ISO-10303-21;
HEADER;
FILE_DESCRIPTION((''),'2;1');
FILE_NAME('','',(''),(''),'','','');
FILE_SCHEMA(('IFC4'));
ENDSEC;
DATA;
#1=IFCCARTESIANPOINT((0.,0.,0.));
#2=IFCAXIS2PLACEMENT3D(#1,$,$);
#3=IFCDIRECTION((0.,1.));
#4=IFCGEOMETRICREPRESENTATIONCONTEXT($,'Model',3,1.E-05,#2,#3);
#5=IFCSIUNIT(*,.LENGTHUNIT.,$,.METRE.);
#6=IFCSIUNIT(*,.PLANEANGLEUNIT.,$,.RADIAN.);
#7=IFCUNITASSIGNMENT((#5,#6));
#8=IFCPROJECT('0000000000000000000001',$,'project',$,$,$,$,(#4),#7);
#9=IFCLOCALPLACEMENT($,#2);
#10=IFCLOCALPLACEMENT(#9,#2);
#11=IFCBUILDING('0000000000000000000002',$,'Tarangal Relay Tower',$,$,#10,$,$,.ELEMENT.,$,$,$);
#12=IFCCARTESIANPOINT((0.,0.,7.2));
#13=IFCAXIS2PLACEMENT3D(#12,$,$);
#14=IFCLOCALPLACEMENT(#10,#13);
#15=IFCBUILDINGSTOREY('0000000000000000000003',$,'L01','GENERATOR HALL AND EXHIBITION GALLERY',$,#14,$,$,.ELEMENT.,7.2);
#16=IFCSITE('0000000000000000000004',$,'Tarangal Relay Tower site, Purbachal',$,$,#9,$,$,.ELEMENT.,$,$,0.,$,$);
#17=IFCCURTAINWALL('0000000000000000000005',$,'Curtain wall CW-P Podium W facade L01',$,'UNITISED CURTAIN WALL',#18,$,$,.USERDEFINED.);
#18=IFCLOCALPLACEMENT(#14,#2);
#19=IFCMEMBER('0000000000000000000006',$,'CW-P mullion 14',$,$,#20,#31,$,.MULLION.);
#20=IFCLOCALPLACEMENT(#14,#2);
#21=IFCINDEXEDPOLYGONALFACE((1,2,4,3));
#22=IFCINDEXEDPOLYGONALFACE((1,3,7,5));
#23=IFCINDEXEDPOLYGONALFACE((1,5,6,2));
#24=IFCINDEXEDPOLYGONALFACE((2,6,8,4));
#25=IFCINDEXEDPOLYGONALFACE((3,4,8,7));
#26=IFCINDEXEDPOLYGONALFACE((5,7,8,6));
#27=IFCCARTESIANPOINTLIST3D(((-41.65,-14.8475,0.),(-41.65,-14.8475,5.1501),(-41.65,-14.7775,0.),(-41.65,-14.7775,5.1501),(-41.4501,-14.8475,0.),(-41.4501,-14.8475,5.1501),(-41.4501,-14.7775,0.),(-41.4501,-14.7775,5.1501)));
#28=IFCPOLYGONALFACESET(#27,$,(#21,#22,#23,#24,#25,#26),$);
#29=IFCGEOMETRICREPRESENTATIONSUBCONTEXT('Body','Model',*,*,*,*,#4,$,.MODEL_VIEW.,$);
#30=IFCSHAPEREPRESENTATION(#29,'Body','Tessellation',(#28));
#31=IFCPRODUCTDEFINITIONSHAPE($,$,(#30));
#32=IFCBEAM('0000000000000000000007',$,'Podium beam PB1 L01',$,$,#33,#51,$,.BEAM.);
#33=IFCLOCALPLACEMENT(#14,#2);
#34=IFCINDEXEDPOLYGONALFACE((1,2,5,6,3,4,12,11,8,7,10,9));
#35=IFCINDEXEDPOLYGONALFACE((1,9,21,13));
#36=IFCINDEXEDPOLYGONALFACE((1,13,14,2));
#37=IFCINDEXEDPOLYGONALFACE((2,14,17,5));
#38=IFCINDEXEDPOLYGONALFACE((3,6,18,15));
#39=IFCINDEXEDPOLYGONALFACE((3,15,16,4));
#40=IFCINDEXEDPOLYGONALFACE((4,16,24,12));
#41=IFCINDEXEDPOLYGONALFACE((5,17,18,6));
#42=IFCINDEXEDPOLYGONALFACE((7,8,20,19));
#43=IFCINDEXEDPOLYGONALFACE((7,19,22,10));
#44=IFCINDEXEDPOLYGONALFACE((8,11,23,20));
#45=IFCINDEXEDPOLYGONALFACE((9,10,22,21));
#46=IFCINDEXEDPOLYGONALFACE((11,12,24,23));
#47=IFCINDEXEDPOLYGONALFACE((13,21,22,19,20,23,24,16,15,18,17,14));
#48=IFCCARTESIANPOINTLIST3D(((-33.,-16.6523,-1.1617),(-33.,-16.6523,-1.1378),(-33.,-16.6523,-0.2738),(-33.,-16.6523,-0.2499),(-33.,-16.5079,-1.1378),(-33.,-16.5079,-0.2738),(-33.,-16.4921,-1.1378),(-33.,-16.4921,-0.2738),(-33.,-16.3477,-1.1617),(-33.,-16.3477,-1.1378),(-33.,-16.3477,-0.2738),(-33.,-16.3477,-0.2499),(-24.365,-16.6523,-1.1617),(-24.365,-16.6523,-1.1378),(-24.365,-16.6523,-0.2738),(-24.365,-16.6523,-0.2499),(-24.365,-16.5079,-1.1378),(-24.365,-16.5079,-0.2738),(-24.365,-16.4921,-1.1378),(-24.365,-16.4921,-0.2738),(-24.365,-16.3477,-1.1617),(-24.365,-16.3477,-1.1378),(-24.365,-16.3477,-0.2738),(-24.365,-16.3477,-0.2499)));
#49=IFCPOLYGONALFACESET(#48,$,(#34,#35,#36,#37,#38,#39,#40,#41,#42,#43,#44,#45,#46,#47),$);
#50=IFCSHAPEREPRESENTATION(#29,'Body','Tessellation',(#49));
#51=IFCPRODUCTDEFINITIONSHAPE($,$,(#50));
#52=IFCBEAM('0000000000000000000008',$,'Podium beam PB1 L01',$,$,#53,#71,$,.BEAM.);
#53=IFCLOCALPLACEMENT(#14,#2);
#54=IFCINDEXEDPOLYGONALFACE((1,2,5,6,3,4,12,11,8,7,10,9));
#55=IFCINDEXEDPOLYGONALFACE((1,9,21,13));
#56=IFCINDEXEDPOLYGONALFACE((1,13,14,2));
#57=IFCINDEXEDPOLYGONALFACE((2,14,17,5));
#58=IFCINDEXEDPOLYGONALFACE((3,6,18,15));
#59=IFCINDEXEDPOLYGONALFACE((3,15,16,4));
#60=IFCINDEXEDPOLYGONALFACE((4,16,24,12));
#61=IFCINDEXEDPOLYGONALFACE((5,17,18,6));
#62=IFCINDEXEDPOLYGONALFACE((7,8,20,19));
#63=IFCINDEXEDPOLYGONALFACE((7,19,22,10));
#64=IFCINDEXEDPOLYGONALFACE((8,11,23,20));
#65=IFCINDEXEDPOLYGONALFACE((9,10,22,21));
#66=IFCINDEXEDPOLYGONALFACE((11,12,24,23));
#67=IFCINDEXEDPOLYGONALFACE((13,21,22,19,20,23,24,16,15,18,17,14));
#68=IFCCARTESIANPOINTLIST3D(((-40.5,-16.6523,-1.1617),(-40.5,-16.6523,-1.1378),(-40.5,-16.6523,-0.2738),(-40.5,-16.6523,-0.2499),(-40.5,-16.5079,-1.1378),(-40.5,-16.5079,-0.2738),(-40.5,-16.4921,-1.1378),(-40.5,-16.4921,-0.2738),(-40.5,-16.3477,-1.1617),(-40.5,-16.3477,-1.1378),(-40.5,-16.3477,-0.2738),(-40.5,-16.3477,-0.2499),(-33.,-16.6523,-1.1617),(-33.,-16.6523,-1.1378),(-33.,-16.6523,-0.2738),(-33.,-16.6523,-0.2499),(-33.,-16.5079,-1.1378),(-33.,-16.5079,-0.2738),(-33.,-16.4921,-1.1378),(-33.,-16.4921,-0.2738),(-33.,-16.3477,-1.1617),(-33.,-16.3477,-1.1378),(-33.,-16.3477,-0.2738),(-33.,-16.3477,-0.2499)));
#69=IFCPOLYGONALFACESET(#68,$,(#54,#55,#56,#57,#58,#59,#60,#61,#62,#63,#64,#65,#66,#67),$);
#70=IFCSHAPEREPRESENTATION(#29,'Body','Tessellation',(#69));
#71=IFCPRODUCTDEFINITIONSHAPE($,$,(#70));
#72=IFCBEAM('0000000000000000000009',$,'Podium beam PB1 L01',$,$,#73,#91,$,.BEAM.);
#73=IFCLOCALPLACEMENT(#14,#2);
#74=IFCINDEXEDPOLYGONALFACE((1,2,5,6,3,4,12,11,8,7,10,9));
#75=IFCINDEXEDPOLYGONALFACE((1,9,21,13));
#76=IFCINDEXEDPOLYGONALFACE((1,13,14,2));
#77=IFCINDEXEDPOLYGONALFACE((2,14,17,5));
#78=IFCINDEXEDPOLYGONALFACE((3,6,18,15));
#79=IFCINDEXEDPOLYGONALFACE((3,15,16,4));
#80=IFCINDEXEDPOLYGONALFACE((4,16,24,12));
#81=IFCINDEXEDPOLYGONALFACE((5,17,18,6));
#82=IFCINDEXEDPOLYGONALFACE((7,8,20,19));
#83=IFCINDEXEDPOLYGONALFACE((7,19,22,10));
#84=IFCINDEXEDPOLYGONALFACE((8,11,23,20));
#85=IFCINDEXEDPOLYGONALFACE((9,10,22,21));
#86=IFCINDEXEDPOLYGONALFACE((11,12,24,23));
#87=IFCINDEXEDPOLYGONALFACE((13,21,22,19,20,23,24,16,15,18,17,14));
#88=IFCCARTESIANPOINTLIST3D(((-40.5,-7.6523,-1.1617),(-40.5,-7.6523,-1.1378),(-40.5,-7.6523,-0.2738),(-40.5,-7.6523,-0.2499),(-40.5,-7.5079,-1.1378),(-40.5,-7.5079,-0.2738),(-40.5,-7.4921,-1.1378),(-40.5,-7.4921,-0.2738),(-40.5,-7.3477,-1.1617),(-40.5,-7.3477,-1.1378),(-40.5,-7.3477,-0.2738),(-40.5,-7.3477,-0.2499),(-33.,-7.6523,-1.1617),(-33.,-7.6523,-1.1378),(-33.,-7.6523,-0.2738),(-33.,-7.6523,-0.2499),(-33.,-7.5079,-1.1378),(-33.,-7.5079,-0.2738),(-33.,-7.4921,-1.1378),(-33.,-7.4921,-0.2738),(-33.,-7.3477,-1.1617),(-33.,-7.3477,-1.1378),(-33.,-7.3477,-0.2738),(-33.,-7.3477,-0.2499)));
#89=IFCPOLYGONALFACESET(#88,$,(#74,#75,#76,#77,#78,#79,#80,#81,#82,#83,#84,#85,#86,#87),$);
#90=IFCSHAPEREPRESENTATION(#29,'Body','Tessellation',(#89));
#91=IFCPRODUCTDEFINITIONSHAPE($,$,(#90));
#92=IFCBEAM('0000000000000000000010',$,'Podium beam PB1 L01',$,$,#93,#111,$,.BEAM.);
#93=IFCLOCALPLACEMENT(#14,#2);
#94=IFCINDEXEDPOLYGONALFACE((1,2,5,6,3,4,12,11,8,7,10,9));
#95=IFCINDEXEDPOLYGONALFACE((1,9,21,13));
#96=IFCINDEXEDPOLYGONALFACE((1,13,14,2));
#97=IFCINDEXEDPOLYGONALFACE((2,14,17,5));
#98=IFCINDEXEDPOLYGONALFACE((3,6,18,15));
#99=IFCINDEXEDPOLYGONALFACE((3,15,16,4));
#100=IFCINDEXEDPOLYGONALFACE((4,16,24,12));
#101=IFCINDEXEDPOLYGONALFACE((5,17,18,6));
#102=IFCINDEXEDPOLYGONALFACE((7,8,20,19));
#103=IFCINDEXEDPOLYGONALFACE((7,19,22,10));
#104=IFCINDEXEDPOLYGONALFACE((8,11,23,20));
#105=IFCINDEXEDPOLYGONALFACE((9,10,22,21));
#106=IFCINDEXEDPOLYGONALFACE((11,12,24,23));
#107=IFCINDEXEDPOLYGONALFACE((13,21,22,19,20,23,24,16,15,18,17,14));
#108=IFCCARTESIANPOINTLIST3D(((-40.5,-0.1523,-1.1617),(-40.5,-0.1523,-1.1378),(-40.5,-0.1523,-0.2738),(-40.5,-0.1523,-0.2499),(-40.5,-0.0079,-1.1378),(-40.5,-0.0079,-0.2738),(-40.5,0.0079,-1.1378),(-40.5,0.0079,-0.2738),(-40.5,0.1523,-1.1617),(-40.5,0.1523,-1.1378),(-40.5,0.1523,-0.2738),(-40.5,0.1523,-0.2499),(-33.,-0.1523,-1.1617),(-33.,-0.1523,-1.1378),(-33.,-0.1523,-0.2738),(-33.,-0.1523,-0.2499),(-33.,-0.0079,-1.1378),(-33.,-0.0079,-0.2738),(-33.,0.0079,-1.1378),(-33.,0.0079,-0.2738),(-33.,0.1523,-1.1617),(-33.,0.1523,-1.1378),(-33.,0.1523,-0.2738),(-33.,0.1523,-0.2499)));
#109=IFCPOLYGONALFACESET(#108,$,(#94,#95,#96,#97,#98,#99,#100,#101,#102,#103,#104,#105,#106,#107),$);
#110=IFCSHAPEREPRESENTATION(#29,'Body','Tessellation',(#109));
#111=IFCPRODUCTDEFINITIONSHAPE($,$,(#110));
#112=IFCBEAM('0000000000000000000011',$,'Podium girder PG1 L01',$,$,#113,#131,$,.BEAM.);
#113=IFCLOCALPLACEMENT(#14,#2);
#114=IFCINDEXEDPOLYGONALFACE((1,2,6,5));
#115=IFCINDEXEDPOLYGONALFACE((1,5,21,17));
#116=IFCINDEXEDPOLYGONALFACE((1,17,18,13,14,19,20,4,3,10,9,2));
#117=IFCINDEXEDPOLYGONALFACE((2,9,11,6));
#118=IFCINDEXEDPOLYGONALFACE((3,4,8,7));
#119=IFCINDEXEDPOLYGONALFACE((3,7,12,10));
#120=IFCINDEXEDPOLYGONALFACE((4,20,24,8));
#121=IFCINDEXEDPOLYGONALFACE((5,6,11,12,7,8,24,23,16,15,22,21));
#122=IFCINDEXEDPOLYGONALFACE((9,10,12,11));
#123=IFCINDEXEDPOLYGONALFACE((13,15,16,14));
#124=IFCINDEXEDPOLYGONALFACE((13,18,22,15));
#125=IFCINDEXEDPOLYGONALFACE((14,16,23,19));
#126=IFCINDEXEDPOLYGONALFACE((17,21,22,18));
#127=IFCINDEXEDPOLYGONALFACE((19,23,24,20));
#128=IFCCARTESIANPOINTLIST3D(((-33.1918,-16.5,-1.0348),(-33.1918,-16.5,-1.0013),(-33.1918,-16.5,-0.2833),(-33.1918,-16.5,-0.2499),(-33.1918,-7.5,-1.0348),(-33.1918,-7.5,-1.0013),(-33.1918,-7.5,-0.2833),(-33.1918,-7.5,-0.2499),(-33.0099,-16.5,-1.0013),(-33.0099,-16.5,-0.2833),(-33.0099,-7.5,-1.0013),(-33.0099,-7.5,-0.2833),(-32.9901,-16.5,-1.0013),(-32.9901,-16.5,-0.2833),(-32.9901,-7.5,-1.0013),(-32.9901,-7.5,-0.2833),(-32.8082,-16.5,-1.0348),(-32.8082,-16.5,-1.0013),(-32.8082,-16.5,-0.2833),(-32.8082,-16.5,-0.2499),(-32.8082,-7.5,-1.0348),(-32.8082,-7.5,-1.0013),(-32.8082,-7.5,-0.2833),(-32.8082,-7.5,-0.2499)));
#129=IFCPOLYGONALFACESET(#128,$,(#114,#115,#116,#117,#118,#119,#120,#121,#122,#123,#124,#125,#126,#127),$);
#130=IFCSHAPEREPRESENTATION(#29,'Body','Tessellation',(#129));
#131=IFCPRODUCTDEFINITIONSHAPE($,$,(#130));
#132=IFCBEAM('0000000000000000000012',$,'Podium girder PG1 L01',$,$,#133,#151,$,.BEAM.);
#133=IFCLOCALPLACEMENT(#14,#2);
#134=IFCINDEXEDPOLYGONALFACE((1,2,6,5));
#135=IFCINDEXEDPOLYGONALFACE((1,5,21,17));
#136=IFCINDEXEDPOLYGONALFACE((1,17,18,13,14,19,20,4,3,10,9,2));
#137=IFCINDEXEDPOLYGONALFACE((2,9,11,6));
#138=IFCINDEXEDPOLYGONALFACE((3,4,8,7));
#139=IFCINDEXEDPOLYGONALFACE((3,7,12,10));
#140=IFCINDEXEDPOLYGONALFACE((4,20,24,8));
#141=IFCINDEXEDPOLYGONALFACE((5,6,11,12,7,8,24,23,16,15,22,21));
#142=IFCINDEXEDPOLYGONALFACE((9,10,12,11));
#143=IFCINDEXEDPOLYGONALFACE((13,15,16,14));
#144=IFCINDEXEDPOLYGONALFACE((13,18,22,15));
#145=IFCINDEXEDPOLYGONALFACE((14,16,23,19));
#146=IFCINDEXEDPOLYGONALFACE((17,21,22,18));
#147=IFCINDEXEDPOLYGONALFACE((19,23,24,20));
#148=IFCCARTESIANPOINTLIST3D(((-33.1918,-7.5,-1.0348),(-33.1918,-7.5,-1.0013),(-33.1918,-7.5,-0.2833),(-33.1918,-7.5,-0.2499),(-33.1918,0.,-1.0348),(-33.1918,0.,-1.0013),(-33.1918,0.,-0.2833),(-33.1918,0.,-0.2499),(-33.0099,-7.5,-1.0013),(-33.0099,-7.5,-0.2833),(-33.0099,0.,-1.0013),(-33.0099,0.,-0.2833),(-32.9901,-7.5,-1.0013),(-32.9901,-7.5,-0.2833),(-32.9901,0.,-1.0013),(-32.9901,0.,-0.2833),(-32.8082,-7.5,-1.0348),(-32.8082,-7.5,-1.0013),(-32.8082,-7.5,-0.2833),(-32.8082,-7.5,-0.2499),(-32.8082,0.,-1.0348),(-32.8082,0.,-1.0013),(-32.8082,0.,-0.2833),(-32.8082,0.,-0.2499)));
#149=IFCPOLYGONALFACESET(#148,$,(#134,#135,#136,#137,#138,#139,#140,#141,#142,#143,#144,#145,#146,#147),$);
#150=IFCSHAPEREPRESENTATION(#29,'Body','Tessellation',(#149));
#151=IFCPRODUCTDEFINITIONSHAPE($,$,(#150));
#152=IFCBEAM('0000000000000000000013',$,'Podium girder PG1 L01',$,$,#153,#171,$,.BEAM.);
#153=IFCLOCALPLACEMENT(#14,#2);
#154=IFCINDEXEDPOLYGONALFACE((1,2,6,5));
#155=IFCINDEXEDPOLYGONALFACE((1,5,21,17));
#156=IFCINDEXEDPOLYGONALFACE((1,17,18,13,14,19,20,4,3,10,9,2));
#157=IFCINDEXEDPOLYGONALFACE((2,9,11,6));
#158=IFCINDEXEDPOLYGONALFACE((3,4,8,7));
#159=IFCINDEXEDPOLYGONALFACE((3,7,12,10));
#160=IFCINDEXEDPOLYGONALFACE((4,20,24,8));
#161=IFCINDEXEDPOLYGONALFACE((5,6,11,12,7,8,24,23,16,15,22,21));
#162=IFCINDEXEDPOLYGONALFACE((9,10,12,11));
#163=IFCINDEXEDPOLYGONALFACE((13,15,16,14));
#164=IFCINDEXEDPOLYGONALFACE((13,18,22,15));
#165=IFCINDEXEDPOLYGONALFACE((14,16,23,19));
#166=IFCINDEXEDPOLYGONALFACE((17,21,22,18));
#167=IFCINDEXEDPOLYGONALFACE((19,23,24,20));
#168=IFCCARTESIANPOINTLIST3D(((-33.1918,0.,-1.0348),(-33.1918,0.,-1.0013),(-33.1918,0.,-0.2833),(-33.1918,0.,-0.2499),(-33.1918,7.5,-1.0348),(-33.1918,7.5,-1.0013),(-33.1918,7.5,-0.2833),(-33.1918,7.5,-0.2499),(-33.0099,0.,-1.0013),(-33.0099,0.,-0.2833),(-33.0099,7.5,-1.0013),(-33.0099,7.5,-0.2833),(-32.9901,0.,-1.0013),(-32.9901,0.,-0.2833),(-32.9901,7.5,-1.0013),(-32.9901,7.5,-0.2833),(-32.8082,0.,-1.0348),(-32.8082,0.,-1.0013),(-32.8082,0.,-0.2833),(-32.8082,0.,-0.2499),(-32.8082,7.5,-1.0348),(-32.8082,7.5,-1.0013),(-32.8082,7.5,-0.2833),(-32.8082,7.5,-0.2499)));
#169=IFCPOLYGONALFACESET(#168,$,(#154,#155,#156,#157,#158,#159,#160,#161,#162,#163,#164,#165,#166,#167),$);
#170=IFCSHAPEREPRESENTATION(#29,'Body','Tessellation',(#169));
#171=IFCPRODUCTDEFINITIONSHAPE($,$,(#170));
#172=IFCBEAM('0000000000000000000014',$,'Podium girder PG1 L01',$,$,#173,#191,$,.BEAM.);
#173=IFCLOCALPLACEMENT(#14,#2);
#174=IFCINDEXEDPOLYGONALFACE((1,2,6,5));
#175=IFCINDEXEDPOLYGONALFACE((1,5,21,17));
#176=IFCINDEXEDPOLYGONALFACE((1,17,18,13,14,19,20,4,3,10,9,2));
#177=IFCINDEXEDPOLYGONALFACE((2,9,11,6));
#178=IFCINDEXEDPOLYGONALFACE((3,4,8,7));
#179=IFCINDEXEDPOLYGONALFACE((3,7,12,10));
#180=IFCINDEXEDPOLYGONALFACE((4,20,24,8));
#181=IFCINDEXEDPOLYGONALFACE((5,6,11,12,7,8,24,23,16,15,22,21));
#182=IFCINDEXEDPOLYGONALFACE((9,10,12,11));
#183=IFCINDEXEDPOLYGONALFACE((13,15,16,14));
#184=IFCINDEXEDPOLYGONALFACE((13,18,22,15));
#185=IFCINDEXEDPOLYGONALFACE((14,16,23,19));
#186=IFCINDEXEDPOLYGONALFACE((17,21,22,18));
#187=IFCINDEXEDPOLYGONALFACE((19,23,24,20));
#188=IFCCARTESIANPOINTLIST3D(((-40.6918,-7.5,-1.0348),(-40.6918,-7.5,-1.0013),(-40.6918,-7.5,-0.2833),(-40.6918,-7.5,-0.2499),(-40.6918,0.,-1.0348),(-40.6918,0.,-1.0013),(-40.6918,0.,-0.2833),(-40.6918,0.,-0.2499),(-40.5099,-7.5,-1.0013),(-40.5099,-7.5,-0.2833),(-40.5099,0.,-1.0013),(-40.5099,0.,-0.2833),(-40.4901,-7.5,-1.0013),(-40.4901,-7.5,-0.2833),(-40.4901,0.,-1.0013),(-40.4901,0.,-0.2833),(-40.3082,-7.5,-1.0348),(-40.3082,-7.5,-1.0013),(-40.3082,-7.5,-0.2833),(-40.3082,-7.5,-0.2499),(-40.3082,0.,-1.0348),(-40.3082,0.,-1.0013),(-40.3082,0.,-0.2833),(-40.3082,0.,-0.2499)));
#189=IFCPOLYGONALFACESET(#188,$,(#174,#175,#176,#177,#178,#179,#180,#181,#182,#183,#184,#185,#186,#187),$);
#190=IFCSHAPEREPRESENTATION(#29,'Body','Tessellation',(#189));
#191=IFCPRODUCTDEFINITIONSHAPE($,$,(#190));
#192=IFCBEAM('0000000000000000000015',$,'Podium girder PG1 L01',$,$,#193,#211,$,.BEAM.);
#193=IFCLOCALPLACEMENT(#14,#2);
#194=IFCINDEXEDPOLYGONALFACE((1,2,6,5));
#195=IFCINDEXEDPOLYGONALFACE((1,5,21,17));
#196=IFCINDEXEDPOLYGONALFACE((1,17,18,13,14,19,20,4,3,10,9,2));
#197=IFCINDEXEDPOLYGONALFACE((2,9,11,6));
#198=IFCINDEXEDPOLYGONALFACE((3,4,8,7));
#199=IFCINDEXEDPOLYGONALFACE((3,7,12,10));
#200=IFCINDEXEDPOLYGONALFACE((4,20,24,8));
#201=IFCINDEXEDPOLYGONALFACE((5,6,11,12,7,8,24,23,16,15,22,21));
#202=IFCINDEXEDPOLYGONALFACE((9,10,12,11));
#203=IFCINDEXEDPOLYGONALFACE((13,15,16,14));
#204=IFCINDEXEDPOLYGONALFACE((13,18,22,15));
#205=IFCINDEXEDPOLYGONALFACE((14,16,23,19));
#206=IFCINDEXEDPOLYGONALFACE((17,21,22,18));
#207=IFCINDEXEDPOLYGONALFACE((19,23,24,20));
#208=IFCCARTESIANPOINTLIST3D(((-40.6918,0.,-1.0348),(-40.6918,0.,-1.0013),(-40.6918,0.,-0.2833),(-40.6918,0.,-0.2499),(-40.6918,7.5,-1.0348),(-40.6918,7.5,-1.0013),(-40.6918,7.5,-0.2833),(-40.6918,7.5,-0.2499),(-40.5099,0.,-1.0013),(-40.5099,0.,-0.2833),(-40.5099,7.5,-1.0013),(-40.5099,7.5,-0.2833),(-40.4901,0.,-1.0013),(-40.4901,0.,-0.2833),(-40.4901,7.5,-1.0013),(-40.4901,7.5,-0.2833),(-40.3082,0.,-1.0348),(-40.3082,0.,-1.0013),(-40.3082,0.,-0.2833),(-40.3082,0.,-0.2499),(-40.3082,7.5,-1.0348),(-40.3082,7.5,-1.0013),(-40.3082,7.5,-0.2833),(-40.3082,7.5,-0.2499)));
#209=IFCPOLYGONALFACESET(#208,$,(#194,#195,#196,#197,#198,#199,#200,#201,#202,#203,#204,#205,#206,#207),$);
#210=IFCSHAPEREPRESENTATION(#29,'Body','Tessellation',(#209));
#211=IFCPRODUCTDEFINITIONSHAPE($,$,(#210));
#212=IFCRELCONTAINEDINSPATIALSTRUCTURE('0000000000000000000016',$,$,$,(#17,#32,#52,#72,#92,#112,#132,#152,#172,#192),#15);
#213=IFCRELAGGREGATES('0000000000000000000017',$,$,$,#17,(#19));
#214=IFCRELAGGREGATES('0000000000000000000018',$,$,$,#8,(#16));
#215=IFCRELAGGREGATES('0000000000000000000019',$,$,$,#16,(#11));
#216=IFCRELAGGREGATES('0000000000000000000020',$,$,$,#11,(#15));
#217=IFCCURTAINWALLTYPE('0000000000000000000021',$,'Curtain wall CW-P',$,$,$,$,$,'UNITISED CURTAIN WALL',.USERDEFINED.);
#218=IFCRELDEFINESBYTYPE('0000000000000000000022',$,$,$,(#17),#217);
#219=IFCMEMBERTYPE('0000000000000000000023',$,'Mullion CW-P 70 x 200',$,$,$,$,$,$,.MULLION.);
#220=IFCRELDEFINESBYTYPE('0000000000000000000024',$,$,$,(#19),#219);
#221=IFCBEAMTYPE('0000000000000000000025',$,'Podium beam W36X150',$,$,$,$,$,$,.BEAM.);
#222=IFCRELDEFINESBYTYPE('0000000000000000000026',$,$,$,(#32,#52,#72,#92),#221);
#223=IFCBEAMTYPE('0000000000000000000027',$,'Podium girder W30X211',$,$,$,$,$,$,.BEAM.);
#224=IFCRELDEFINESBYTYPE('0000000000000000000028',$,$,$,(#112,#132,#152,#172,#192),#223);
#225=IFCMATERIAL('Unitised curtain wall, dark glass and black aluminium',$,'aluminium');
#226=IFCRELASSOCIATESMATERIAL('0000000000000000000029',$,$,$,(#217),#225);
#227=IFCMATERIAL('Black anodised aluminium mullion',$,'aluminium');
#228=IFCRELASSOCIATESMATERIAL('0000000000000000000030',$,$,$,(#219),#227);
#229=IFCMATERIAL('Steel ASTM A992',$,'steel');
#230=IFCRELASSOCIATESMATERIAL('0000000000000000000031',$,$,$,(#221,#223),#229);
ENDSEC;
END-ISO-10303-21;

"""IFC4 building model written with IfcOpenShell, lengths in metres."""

from ifc_helpers import new_model, si_unit, direction, frame, origin, origin_2d, place, context, subcontext, project, spatial, rectangle, i_section, extrude, material, material_profile, profile_set, type_object, element, aggregate, save


model = new_model("IFC4")

# Units and contexts
model_context = context("Model", 3, precision=1e-05, world=origin(), true_north=direction((0.0, 1.0)))
body_context = subcontext(model_context, "Body", "Model", "MODEL_VIEW")
ifc_project = project(units=[si_unit("LENGTHUNIT", "METRE"), si_unit("PLANEANGLEUNIT", "RADIAN")], contexts=[model_context])

# Site, building, storey
site_placement = place(None, origin())
site = spatial("IfcSite", under=ifc_project, at=site_placement, Name="Tarangal Relay Tower site, Purbachal", CompositionType="ELEMENT", RefElevation=0.0)
building_placement = place(site_placement, origin())
building = spatial("IfcBuilding", under=site, at=building_placement, Name="Tarangal Relay Tower", CompositionType="ELEMENT")
storey_placement = place(building_placement, frame((0.0, 0.0, 7.2)))
storey = spatial("IfcBuildingStorey", under=building, at=storey_placement, Name="L01", Description="GENERATOR HALL AND EXHIBITION GALLERY", CompositionType="ELEMENT", Elevation=7.2)

# Shared definitions
ifc_material_1 = material(Name="Steel ASTM A992", Category="steel")

# Curtain wall, member
ifc_material_2 = material(Name="Unitised curtain wall, dark glass and black aluminium", Category="aluminium")
curtain_wall_type = type_object("IfcCurtainWallType", Name="Curtain wall CW-P", ElementType="UNITISED CURTAIN WALL", PredefinedType="USERDEFINED", material=ifc_material_2)
curtain_wall_placement = place(storey_placement, origin())
curtain_wall = element("IfcCurtainWall", 1, at=curtain_wall_placement, inside=storey, type_object=curtain_wall_type, Name="Curtain wall CW-P Podium W facade L01", ObjectType="UNITISED CURTAIN WALL", PredefinedType="USERDEFINED")
ifc_material_3 = material(Name="Black anodised aluminium mullion", Category="aluminium")
ifc_material_profile_1 = material_profile(ifc_material_3, rectangle(XDim=0.2, YDim=0.0701, at=origin_2d()), Name="CW-PM 70X200")
ifc_profile_set_1 = profile_set([ifc_material_profile_1], Name="Black anodised aluminium mullion")
member_type_1 = type_object("IfcMemberType", Name="Mullion CW-P 70 x 200", PredefinedType="MULLION", material=ifc_profile_set_1)
member_1_placement = place(storey_placement, frame((-41.55, -14.8125, 0.0), z_axis=(0.0, 0.0, 1.0), x_axis=(1.0, 0.0, 0.0)))
member_1 = element("IfcMember", 2, at=member_1_placement, type_object=member_type_1, Name="CW-P mullion 14", PredefinedType="MULLION", context=body_context, shape_type="SweptSolid", body=[
    extrude(rectangle(XDim=0.2, YDim=0.0701, at=origin_2d()), origin(), (0.0, 0.0, 1.0), 5.1501),
])

# Beams
ifc_material_profile_2 = material_profile(ifc_material_1, i_section(OverallWidth=0.3047, OverallDepth=0.9119, WebThickness=0.0159, FlangeThickness=0.0239, at=origin_2d()), Name="W36X150")
ifc_profile_set_2 = profile_set([ifc_material_profile_2], Name="Steel ASTM A992")
beam_type_1 = type_object("IfcBeamType", Name="Podium beam W36X150", PredefinedType="BEAM", material=ifc_profile_set_2)
beam_1_placement = place(storey_placement, frame((-24.365, -16.5, -0.7058), z_axis=(-1.0, 0.0, 0.0), x_axis=(0.0, -1.0, 0.0)))
element("IfcBeam", 3, at=beam_1_placement, inside=storey, type_object=beam_type_1, Name="Podium beam PB1 L01", PredefinedType="BEAM", context=body_context, shape_type="SweptSolid", body=[
    extrude(i_section(OverallWidth=0.3047, OverallDepth=0.9119, WebThickness=0.0159, FlangeThickness=0.0239, at=origin_2d()), origin(), (0.0, 0.0, 1.0), 8.635),
])
for number, where, z_axis, x_axis, name in (
    (4, (-33.0, -16.5, -0.7058), (-1.0, 0.0, 0.0), (0.0, -1.0, 0.0), "Podium beam PB1 L01"),
    (5, (-33.0, -7.5, -0.7058), (-1.0, 0.0, 0.0), (0.0, -1.0, 0.0), "Podium beam PB1 L01"),
    (6, (-33.0, 0.0, -0.7058), (-1.0, 0.0, 0.0), (0.0, -1.0, 0.0), "Podium beam PB1 L01"),
):
    element("IfcBeam", number, at=place(storey_placement, frame(where, z_axis=z_axis, x_axis=x_axis)), inside=storey, type_object=beam_type_1, Name=name, PredefinedType="BEAM", context=body_context, shape_type="SweptSolid", body=[
        extrude(i_section(OverallWidth=0.3047, OverallDepth=0.9119, WebThickness=0.0159, FlangeThickness=0.0239, at=origin_2d()), origin(), (0.0, 0.0, 1.0), 7.5),
    ])
ifc_material_profile_3 = material_profile(ifc_material_1, i_section(OverallWidth=0.3835, OverallDepth=0.7849, WebThickness=0.0198, FlangeThickness=0.0334, at=origin_2d()), Name="W30X211")
ifc_profile_set_3 = profile_set([ifc_material_profile_3], Name="Steel ASTM A992")
beam_type_2 = type_object("IfcBeamType", Name="Podium girder W30X211", PredefinedType="BEAM", material=ifc_profile_set_3)
beam_2_placement = place(storey_placement, frame((-33.0, -16.5, -0.6423), z_axis=(0.0, 1.0, 0.0), x_axis=(-1.0, 0.0, 0.0)))
element("IfcBeam", 7, at=beam_2_placement, inside=storey, type_object=beam_type_2, Name="Podium girder PG1 L01", PredefinedType="BEAM", context=body_context, shape_type="SweptSolid", body=[
    extrude(i_section(OverallWidth=0.3835, OverallDepth=0.7849, WebThickness=0.0198, FlangeThickness=0.0334, at=origin_2d()), origin(), (0.0, 0.0, 1.0), 9.0),
])
for number, where, z_axis, x_axis, name in (
    (8, (-33.0, -7.5, -0.6423), (0.0, 1.0, 0.0), (-1.0, 0.0, 0.0), "Podium girder PG1 L01"),
    (9, (-33.0, 0.0, -0.6423), (0.0, 1.0, 0.0), (-1.0, 0.0, 0.0), "Podium girder PG1 L01"),
    (10, (-40.5, -7.5, -0.6423), (0.0, 1.0, 0.0), (-1.0, 0.0, 0.0), "Podium girder PG1 L01"),
    (11, (-40.5, 0.0, -0.6423), (0.0, 1.0, 0.0), (-1.0, 0.0, 0.0), "Podium girder PG1 L01"),
):
    element("IfcBeam", number, at=place(storey_placement, frame(where, z_axis=z_axis, x_axis=x_axis)), inside=storey, type_object=beam_type_2, Name=name, PredefinedType="BEAM", context=body_context, shape_type="SweptSolid", body=[
        extrude(i_section(OverallWidth=0.3835, OverallDepth=0.7849, WebThickness=0.0198, FlangeThickness=0.0334, at=origin_2d()), origin(), (0.0, 0.0, 1.0), 7.5),
    ])

aggregate(curtain_wall, [member_1])

save(model, "model.ifc")
